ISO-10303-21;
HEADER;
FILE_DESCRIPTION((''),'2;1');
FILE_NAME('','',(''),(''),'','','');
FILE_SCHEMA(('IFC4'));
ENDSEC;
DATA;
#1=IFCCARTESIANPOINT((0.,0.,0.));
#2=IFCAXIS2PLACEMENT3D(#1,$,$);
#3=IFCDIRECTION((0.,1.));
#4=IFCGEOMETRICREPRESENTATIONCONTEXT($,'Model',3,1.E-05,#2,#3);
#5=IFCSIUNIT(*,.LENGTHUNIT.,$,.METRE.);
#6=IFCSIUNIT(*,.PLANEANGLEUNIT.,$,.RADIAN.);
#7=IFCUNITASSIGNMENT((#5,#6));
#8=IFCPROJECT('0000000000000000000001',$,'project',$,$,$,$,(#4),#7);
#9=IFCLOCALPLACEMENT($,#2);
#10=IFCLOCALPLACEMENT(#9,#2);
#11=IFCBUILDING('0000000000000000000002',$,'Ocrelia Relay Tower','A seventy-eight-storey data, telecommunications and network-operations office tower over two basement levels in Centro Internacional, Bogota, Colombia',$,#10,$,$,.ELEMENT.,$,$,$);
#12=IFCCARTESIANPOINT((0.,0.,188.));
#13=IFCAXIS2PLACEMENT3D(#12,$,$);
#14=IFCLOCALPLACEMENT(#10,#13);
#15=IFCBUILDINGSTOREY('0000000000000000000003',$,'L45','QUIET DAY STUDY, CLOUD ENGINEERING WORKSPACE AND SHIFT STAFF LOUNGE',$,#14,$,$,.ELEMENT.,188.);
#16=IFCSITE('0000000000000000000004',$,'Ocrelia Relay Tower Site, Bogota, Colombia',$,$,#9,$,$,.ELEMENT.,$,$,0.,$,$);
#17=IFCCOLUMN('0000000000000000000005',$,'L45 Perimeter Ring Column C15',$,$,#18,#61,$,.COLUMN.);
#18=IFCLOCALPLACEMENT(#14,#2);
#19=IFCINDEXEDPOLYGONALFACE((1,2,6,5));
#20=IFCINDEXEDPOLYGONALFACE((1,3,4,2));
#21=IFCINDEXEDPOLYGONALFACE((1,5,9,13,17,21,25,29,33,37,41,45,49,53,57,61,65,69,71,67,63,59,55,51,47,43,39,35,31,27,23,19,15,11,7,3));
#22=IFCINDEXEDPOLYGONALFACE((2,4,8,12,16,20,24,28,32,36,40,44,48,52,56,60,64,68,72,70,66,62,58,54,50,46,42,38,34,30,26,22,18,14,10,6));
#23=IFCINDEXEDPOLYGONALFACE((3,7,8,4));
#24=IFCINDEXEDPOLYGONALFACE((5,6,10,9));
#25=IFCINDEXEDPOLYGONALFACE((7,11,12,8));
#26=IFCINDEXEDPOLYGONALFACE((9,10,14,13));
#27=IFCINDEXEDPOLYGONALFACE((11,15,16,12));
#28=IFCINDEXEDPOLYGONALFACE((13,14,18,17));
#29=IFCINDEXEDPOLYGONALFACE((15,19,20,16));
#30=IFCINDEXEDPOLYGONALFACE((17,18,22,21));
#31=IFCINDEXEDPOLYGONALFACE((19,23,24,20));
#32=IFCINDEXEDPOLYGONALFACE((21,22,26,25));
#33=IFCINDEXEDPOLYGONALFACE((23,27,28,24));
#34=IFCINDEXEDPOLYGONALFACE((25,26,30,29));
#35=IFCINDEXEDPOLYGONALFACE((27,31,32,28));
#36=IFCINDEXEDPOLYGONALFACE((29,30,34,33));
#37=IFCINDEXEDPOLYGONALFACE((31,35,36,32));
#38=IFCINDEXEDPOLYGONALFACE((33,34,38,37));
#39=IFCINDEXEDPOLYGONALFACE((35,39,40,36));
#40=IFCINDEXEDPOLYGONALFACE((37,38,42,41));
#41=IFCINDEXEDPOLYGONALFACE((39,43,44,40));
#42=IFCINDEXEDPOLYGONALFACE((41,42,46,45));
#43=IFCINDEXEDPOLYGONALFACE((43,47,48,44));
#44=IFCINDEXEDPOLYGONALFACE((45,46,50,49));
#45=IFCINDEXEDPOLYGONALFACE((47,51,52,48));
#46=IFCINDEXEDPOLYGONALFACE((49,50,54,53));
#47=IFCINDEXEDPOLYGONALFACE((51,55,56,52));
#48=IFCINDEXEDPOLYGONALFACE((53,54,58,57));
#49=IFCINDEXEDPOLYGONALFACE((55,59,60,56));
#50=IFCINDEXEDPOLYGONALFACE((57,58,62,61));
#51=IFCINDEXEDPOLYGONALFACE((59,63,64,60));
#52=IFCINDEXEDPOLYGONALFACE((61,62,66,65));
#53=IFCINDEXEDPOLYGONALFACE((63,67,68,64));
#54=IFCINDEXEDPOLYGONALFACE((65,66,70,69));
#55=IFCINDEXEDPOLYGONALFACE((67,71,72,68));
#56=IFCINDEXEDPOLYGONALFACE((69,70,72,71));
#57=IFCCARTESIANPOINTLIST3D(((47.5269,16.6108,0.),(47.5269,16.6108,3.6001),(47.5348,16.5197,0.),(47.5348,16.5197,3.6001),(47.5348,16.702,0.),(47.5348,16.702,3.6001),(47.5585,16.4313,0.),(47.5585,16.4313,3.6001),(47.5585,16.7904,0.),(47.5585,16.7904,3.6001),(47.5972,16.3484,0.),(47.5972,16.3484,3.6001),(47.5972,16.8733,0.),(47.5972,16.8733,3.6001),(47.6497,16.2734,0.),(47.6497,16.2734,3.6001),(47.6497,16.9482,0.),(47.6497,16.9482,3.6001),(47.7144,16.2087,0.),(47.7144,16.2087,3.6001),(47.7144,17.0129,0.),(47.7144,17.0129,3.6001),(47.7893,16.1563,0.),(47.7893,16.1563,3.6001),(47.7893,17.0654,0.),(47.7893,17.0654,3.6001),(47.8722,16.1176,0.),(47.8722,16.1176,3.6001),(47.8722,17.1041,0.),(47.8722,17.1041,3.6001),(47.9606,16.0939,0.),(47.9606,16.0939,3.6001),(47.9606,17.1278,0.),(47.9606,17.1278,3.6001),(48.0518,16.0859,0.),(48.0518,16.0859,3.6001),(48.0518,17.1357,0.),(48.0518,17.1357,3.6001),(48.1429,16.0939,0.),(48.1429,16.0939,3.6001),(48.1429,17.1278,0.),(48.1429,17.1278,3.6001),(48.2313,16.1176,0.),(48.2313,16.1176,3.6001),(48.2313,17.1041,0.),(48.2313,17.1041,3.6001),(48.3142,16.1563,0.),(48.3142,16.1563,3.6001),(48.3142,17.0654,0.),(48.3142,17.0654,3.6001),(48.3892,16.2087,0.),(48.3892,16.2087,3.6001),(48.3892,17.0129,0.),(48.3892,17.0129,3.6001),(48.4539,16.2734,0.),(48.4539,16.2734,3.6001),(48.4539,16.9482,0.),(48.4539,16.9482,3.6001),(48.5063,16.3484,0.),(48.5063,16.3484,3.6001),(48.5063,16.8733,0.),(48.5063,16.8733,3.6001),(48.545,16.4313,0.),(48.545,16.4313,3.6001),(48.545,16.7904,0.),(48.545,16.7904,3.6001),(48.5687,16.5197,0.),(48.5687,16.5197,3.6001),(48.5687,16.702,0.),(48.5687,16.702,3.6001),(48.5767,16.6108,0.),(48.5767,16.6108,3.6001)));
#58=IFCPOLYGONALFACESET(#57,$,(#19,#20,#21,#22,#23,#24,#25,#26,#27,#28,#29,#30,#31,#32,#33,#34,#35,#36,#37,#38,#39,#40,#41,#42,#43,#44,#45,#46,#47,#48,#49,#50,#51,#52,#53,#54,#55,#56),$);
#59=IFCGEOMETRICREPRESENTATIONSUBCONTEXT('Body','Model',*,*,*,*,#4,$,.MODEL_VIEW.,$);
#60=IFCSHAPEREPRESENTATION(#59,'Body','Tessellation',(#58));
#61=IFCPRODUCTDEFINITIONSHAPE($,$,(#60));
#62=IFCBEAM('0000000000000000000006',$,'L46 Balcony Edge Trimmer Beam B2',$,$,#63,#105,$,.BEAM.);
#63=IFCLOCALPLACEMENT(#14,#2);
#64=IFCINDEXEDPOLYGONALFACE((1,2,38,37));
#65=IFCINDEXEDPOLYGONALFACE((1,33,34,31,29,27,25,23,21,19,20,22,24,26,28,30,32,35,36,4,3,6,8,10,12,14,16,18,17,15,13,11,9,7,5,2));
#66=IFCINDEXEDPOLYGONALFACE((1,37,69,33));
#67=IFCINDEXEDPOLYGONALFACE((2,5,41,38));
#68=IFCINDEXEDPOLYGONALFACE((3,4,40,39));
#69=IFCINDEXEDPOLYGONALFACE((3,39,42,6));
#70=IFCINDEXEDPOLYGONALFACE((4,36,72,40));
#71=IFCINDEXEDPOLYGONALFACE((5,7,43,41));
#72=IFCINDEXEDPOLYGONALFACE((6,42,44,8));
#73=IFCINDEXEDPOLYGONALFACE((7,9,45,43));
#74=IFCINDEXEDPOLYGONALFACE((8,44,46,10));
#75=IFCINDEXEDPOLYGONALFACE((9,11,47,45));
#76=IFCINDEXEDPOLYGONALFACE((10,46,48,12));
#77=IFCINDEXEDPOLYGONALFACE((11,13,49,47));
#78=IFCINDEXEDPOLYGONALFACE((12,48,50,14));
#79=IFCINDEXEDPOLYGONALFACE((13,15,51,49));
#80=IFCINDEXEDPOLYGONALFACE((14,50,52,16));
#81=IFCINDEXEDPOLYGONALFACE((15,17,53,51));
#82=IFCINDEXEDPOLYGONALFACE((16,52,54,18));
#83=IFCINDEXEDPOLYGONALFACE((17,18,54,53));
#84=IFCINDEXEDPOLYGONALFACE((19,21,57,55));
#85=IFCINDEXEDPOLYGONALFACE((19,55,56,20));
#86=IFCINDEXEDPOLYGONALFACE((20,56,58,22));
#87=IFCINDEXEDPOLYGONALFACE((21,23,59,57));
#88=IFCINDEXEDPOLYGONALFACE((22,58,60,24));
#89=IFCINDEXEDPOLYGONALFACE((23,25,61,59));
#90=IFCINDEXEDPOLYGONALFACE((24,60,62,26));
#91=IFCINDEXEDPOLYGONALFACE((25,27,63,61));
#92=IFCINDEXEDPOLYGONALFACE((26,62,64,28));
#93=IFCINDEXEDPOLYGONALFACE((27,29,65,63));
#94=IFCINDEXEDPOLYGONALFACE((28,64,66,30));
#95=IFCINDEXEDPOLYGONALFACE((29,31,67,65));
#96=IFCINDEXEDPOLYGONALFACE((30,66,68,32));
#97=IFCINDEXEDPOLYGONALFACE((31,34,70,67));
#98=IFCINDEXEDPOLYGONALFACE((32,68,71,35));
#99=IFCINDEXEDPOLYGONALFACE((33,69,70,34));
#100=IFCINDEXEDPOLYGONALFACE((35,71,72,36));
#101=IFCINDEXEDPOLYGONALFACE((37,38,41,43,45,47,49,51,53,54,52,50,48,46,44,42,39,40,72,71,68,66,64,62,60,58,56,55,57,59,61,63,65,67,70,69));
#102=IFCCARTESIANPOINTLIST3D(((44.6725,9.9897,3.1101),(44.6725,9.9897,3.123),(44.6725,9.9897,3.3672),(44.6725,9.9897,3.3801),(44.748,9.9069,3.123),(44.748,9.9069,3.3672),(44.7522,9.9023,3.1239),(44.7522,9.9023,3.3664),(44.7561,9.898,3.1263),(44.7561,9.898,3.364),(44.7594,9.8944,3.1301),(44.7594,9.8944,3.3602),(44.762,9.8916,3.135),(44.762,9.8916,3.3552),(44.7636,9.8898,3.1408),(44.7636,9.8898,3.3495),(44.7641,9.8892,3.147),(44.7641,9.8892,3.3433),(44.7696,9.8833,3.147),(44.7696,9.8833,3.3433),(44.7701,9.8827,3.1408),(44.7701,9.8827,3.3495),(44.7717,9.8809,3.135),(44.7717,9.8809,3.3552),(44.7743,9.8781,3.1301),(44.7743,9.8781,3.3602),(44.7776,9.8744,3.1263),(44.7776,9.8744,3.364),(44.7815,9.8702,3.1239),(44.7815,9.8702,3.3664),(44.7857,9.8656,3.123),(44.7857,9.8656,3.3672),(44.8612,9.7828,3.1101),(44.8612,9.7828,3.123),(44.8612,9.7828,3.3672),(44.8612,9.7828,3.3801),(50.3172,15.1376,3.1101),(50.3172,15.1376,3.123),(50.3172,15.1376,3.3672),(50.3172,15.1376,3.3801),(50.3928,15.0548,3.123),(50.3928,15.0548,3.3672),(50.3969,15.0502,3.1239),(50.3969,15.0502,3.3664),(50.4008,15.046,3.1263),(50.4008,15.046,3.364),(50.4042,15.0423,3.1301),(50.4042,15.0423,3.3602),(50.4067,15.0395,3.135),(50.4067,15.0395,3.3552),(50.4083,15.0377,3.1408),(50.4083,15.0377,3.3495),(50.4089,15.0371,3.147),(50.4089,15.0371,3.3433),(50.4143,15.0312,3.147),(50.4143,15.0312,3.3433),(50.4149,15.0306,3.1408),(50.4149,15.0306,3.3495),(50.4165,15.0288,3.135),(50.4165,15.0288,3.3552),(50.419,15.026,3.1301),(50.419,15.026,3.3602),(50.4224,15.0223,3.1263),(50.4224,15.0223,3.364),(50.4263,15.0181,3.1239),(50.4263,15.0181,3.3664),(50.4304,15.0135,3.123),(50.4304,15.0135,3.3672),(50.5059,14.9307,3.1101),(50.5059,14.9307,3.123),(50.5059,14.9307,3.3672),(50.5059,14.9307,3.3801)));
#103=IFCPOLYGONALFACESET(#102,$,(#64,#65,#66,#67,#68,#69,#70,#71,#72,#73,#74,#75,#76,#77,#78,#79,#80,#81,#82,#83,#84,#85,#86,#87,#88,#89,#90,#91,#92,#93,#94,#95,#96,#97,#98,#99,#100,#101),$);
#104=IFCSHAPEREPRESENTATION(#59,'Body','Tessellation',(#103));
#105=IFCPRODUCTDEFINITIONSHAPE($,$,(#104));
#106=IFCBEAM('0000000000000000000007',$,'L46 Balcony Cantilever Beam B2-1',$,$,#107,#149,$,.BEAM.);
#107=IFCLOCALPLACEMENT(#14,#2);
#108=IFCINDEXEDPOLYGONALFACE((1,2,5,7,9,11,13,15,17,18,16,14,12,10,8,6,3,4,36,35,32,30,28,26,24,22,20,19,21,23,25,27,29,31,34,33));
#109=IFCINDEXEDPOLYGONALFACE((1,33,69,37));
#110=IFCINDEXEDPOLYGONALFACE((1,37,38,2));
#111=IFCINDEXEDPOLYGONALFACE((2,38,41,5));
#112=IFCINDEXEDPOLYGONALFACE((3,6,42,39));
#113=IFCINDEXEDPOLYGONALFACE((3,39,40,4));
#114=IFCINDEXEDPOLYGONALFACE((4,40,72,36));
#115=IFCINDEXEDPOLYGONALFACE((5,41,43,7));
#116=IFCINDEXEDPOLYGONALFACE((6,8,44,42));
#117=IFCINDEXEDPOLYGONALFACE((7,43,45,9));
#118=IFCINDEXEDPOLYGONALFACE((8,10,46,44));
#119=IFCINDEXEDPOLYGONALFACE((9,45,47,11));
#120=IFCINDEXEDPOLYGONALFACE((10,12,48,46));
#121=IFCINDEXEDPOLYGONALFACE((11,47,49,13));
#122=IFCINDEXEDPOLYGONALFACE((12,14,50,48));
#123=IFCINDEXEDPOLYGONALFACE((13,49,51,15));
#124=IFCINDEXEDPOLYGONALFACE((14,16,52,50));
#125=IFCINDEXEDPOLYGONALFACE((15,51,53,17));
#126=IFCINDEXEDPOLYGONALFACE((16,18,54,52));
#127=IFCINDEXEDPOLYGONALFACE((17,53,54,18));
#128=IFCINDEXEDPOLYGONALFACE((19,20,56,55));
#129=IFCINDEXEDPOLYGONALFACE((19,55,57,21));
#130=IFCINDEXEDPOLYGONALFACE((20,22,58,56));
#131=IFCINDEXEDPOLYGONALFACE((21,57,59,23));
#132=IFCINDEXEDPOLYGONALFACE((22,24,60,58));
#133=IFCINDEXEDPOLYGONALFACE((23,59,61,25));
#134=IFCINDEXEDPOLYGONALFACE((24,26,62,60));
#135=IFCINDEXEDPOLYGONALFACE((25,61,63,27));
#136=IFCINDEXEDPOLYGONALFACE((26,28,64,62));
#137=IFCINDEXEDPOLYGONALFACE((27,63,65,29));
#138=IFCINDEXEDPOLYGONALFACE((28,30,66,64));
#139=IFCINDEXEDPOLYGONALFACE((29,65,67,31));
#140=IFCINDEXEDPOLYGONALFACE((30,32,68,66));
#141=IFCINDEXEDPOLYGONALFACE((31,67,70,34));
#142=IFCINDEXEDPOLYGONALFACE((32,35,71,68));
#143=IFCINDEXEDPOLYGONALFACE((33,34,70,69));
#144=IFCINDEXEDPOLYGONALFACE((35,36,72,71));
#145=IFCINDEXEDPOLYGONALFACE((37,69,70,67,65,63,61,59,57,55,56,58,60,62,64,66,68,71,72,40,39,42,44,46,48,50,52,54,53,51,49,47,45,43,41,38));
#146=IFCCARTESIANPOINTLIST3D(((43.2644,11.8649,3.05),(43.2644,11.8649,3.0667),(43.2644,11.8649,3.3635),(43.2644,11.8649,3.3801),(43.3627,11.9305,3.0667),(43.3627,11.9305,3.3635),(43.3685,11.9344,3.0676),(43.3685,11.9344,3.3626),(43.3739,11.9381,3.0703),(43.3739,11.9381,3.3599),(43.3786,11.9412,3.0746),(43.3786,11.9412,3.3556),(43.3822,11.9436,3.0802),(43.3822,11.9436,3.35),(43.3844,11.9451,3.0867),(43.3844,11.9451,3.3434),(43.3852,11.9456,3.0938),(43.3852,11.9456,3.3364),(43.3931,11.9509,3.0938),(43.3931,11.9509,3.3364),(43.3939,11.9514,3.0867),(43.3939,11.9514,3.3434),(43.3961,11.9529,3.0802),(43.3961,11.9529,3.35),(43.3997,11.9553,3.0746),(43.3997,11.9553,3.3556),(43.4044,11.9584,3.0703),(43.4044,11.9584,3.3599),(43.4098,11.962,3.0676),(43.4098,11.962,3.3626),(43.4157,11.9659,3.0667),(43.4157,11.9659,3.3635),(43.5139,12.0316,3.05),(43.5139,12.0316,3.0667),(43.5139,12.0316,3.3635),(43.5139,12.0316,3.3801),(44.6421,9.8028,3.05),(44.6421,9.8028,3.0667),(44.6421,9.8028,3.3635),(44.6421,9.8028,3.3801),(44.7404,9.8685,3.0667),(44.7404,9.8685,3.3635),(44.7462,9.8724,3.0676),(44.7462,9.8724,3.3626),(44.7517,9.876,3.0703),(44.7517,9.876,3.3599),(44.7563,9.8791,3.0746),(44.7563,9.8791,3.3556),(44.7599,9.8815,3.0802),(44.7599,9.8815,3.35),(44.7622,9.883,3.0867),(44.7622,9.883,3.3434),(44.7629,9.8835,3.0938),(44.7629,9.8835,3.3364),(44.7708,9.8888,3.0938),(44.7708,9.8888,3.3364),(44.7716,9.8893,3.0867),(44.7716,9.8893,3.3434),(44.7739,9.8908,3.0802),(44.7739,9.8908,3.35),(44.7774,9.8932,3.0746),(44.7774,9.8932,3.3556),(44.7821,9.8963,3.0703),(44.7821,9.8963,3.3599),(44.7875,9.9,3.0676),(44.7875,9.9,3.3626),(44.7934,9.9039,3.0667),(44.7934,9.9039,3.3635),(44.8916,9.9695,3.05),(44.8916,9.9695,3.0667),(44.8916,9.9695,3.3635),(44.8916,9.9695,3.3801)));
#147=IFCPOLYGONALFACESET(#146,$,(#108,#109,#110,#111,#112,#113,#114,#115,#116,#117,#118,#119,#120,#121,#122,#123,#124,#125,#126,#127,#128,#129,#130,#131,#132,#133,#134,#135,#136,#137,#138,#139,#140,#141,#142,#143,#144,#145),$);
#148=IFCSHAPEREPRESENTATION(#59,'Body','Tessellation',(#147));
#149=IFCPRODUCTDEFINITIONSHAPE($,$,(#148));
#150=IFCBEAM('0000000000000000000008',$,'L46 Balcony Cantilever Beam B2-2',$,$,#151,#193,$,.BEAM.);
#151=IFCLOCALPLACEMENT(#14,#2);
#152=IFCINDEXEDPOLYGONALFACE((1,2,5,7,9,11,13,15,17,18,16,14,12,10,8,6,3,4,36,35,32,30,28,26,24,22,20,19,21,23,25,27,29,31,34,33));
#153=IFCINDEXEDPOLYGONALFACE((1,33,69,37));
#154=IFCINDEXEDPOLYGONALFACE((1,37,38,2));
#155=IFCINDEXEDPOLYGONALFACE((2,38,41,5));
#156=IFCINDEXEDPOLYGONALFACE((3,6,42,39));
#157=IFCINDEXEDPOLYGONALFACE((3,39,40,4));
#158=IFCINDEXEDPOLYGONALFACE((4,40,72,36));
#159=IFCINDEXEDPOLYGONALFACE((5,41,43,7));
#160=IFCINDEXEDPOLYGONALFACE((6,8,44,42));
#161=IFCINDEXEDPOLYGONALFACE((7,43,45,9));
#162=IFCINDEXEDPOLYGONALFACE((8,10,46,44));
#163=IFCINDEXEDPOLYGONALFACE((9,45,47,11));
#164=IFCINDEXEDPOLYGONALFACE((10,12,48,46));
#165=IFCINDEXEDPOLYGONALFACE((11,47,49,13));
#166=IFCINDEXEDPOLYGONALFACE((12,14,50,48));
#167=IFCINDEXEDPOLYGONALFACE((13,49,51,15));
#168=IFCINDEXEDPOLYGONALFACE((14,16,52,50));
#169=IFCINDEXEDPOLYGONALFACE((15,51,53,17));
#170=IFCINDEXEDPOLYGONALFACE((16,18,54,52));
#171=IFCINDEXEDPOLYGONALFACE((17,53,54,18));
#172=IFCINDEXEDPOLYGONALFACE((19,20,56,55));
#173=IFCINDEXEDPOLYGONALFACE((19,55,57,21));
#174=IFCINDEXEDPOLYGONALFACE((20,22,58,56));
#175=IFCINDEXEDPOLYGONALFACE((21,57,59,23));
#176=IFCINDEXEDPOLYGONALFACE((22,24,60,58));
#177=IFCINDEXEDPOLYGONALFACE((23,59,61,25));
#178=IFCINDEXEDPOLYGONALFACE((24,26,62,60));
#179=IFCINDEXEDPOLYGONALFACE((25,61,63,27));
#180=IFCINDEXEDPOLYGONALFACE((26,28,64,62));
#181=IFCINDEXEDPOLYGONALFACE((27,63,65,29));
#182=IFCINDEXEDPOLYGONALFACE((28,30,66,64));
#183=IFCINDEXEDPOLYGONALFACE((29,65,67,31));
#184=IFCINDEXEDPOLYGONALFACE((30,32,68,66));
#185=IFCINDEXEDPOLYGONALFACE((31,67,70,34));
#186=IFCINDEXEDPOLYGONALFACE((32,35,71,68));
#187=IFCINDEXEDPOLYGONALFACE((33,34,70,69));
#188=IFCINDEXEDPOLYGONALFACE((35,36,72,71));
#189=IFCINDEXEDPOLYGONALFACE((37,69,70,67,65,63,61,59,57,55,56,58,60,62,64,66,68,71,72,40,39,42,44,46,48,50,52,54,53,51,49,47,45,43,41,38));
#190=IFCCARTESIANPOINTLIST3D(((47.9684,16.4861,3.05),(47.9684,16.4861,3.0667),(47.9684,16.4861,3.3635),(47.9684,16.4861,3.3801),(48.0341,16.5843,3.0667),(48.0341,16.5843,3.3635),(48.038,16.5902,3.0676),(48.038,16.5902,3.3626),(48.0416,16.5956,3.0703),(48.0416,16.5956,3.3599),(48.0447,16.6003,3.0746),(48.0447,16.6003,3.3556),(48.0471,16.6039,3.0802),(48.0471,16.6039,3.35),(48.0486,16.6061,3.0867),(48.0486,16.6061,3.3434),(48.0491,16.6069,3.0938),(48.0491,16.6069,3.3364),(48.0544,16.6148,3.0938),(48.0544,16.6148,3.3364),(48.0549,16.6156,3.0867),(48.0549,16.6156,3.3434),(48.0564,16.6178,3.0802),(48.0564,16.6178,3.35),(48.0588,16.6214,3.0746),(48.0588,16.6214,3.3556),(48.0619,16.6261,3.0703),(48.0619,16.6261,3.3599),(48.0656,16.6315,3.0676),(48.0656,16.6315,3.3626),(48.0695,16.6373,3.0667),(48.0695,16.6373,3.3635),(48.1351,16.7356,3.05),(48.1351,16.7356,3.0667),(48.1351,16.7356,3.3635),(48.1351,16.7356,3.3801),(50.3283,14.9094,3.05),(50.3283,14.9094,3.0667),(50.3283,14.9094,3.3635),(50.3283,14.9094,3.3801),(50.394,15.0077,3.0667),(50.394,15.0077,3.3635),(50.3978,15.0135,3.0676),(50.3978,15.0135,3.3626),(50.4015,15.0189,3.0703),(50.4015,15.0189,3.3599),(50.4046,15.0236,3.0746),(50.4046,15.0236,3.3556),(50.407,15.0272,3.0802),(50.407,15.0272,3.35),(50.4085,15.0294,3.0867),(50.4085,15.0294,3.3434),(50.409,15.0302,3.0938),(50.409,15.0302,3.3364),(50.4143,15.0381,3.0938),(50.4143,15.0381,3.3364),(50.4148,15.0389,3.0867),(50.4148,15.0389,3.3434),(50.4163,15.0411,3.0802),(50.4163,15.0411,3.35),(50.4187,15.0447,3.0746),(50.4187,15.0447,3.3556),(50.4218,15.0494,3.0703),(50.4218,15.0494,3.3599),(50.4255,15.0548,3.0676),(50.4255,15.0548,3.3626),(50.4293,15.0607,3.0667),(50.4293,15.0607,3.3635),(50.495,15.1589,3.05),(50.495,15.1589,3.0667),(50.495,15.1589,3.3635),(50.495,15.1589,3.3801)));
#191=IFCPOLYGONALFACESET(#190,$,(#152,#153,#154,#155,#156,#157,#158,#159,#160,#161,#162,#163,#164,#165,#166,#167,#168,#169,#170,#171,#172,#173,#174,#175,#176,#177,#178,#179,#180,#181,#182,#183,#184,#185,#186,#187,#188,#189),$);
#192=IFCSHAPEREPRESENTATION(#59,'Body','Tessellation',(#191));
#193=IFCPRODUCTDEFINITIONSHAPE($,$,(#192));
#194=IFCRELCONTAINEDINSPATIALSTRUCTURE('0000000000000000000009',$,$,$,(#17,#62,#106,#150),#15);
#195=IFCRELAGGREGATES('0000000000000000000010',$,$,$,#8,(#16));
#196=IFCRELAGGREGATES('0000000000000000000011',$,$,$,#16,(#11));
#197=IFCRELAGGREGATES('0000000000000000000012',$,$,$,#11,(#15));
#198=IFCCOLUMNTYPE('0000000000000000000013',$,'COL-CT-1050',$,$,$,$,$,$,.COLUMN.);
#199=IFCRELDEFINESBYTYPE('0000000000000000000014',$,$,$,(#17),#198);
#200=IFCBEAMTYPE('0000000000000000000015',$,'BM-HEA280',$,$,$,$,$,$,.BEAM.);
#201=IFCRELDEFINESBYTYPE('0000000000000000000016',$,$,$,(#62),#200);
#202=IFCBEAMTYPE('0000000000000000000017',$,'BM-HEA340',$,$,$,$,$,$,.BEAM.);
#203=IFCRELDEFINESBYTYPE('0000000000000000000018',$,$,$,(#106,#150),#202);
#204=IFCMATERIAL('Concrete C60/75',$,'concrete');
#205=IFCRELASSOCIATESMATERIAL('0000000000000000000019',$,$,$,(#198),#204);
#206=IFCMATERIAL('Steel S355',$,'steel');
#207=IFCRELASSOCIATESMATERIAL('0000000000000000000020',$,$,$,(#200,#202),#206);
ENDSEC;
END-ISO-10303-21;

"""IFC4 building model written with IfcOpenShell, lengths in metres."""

from ifc_helpers import new_model, si_unit, direction, frame, origin, origin_2d, place, context, subcontext, project, spatial, circle, i_section, extrude, material, material_profile, profile_set, type_object, element, save


model = new_model("IFC4")

# Units and contexts
model_context = context("Model", 3, precision=1e-05, world=origin(), true_north=direction((0.0, 1.0)))
body_context = subcontext(model_context, "Body", "Model", "MODEL_VIEW")
ifc_project = project(units=[si_unit("LENGTHUNIT", "METRE"), si_unit("PLANEANGLEUNIT", "RADIAN")], contexts=[model_context])

# Site, building, storey
site_placement = place(None, origin())
site = spatial("IfcSite", under=ifc_project, at=site_placement, Name="Ocrelia Relay Tower Site, Bogota, Colombia", CompositionType="ELEMENT", RefElevation=0.0)
building_placement = place(site_placement, origin())
building = spatial("IfcBuilding", under=site, at=building_placement, Name="Ocrelia Relay Tower", Description="A seventy-eight-storey data, telecommunications and network-operations office tower over two basement levels in Centro Internacional, Bogota, Colombia", CompositionType="ELEMENT")
storey_placement = place(building_placement, frame((0.0, 0.0, 188.0)))
storey = spatial("IfcBuildingStorey", under=building, at=storey_placement, Name="L45", Description="QUIET DAY STUDY, CLOUD ENGINEERING WORKSPACE AND SHIFT STAFF LOUNGE", CompositionType="ELEMENT", Elevation=188.0)

# Column
ifc_material_1 = material(Name="Concrete C60/75", Category="concrete")
ifc_material_profile_1 = material_profile(ifc_material_1, circle(Radius=0.5249, at=origin_2d()), Name="RC-CIR-1050")
ifc_profile_set_1 = profile_set([ifc_material_profile_1], Name="Concrete C60/75")
column_type = type_object("IfcColumnType", Name="COL-CT-1050", PredefinedType="COLUMN", material=ifc_profile_set_1)
column_placement = place(storey_placement, frame((48.0518, 16.6108, 0.0), z_axis=(0.0, 0.0, 1.0), x_axis=(1.0, 0.0, 0.0)))
element("IfcColumn", 1, at=column_placement, inside=storey, type_object=column_type, Name="L45 Perimeter Ring Column C15", PredefinedType="COLUMN", context=body_context, shape_type="SweptSolid", body=[
    extrude(circle(Radius=0.5249, at=origin_2d()), origin(), (0.0, 0.0, 1.0), 3.6001),
])

# Beams
ifc_material_2 = material(Name="Steel S355", Category="steel")
ifc_material_profile_2 = material_profile(ifc_material_2, i_section(OverallWidth=0.28, OverallDepth=0.27, WebThickness=0.0081, FlangeThickness=0.0129, FilletRadius=0.0239, at=origin_2d()), Name="HEA 280")
ifc_profile_set_2 = profile_set([ifc_material_profile_2], Name="Steel S355")
beam_type_1 = type_object("IfcBeamType", Name="BM-HEA280", PredefinedType="BEAM", material=ifc_profile_set_2)
beam_1_placement = place(storey_placement, frame((44.7668, 9.8862, 3.2451), z_axis=(0.738875, 0.673843, 0.0), x_axis=(-0.673843, 0.738875, 0.0)))
element("IfcBeam", 2, at=beam_1_placement, inside=storey, type_object=beam_type_1, Name="L46 Balcony Edge Trimmer Beam B2", PredefinedType="BEAM", context=body_context, shape_type="SweptSolid", body=[
    extrude(i_section(OverallWidth=0.28, OverallDepth=0.27, WebThickness=0.0081, FlangeThickness=0.0129, FilletRadius=0.0239, at=origin_2d()), origin(), (0.0, 0.0, 1.0), 7.6396),
])
ifc_material_profile_3 = material_profile(ifc_material_2, i_section(OverallWidth=0.3, OverallDepth=0.3301, WebThickness=0.0095, FlangeThickness=0.0166, FilletRadius=0.0271, at=origin_2d()), Name="HEA 340")
ifc_profile_set_3 = profile_set([ifc_material_profile_3], Name="Steel S355")
beam_type_2 = type_object("IfcBeamType", Name="BM-HEA340", PredefinedType="BEAM", material=ifc_profile_set_3)
beam_2_placement = place(storey_placement, frame((43.3892, 11.9482, 3.2151), z_axis=(0.555541, -0.831489, 0.0), x_axis=(0.831489, 0.555541, 0.0)))
element("IfcBeam", 3, at=beam_2_placement, inside=storey, type_object=beam_type_2, Name="L46 Balcony Cantilever Beam B2-1", PredefinedType="BEAM", context=body_context, shape_type="SweptSolid", body=[
    extrude(i_section(OverallWidth=0.3, OverallDepth=0.3301, WebThickness=0.0095, FlangeThickness=0.0166, FilletRadius=0.0271, at=origin_2d()), origin(), (0.0, 0.0, 1.0), 2.48),
])
beam_3_placement = place(storey_placement, frame((48.0518, 16.6108, 3.2151), z_axis=(0.831494, -0.555534, 0.0), x_axis=(0.555534, 0.831494, 0.0)))
element("IfcBeam", 4, at=beam_3_placement, inside=storey, type_object=beam_type_2, Name="L46 Balcony Cantilever Beam B2-2", PredefinedType="BEAM", context=body_context, shape_type="SweptSolid", body=[
    extrude(i_section(OverallWidth=0.3, OverallDepth=0.3301, WebThickness=0.0095, FlangeThickness=0.0166, FilletRadius=0.0271, at=origin_2d()), origin(), (0.0, 0.0, 1.0), 2.8381),
])

save(model, "model.ifc")
